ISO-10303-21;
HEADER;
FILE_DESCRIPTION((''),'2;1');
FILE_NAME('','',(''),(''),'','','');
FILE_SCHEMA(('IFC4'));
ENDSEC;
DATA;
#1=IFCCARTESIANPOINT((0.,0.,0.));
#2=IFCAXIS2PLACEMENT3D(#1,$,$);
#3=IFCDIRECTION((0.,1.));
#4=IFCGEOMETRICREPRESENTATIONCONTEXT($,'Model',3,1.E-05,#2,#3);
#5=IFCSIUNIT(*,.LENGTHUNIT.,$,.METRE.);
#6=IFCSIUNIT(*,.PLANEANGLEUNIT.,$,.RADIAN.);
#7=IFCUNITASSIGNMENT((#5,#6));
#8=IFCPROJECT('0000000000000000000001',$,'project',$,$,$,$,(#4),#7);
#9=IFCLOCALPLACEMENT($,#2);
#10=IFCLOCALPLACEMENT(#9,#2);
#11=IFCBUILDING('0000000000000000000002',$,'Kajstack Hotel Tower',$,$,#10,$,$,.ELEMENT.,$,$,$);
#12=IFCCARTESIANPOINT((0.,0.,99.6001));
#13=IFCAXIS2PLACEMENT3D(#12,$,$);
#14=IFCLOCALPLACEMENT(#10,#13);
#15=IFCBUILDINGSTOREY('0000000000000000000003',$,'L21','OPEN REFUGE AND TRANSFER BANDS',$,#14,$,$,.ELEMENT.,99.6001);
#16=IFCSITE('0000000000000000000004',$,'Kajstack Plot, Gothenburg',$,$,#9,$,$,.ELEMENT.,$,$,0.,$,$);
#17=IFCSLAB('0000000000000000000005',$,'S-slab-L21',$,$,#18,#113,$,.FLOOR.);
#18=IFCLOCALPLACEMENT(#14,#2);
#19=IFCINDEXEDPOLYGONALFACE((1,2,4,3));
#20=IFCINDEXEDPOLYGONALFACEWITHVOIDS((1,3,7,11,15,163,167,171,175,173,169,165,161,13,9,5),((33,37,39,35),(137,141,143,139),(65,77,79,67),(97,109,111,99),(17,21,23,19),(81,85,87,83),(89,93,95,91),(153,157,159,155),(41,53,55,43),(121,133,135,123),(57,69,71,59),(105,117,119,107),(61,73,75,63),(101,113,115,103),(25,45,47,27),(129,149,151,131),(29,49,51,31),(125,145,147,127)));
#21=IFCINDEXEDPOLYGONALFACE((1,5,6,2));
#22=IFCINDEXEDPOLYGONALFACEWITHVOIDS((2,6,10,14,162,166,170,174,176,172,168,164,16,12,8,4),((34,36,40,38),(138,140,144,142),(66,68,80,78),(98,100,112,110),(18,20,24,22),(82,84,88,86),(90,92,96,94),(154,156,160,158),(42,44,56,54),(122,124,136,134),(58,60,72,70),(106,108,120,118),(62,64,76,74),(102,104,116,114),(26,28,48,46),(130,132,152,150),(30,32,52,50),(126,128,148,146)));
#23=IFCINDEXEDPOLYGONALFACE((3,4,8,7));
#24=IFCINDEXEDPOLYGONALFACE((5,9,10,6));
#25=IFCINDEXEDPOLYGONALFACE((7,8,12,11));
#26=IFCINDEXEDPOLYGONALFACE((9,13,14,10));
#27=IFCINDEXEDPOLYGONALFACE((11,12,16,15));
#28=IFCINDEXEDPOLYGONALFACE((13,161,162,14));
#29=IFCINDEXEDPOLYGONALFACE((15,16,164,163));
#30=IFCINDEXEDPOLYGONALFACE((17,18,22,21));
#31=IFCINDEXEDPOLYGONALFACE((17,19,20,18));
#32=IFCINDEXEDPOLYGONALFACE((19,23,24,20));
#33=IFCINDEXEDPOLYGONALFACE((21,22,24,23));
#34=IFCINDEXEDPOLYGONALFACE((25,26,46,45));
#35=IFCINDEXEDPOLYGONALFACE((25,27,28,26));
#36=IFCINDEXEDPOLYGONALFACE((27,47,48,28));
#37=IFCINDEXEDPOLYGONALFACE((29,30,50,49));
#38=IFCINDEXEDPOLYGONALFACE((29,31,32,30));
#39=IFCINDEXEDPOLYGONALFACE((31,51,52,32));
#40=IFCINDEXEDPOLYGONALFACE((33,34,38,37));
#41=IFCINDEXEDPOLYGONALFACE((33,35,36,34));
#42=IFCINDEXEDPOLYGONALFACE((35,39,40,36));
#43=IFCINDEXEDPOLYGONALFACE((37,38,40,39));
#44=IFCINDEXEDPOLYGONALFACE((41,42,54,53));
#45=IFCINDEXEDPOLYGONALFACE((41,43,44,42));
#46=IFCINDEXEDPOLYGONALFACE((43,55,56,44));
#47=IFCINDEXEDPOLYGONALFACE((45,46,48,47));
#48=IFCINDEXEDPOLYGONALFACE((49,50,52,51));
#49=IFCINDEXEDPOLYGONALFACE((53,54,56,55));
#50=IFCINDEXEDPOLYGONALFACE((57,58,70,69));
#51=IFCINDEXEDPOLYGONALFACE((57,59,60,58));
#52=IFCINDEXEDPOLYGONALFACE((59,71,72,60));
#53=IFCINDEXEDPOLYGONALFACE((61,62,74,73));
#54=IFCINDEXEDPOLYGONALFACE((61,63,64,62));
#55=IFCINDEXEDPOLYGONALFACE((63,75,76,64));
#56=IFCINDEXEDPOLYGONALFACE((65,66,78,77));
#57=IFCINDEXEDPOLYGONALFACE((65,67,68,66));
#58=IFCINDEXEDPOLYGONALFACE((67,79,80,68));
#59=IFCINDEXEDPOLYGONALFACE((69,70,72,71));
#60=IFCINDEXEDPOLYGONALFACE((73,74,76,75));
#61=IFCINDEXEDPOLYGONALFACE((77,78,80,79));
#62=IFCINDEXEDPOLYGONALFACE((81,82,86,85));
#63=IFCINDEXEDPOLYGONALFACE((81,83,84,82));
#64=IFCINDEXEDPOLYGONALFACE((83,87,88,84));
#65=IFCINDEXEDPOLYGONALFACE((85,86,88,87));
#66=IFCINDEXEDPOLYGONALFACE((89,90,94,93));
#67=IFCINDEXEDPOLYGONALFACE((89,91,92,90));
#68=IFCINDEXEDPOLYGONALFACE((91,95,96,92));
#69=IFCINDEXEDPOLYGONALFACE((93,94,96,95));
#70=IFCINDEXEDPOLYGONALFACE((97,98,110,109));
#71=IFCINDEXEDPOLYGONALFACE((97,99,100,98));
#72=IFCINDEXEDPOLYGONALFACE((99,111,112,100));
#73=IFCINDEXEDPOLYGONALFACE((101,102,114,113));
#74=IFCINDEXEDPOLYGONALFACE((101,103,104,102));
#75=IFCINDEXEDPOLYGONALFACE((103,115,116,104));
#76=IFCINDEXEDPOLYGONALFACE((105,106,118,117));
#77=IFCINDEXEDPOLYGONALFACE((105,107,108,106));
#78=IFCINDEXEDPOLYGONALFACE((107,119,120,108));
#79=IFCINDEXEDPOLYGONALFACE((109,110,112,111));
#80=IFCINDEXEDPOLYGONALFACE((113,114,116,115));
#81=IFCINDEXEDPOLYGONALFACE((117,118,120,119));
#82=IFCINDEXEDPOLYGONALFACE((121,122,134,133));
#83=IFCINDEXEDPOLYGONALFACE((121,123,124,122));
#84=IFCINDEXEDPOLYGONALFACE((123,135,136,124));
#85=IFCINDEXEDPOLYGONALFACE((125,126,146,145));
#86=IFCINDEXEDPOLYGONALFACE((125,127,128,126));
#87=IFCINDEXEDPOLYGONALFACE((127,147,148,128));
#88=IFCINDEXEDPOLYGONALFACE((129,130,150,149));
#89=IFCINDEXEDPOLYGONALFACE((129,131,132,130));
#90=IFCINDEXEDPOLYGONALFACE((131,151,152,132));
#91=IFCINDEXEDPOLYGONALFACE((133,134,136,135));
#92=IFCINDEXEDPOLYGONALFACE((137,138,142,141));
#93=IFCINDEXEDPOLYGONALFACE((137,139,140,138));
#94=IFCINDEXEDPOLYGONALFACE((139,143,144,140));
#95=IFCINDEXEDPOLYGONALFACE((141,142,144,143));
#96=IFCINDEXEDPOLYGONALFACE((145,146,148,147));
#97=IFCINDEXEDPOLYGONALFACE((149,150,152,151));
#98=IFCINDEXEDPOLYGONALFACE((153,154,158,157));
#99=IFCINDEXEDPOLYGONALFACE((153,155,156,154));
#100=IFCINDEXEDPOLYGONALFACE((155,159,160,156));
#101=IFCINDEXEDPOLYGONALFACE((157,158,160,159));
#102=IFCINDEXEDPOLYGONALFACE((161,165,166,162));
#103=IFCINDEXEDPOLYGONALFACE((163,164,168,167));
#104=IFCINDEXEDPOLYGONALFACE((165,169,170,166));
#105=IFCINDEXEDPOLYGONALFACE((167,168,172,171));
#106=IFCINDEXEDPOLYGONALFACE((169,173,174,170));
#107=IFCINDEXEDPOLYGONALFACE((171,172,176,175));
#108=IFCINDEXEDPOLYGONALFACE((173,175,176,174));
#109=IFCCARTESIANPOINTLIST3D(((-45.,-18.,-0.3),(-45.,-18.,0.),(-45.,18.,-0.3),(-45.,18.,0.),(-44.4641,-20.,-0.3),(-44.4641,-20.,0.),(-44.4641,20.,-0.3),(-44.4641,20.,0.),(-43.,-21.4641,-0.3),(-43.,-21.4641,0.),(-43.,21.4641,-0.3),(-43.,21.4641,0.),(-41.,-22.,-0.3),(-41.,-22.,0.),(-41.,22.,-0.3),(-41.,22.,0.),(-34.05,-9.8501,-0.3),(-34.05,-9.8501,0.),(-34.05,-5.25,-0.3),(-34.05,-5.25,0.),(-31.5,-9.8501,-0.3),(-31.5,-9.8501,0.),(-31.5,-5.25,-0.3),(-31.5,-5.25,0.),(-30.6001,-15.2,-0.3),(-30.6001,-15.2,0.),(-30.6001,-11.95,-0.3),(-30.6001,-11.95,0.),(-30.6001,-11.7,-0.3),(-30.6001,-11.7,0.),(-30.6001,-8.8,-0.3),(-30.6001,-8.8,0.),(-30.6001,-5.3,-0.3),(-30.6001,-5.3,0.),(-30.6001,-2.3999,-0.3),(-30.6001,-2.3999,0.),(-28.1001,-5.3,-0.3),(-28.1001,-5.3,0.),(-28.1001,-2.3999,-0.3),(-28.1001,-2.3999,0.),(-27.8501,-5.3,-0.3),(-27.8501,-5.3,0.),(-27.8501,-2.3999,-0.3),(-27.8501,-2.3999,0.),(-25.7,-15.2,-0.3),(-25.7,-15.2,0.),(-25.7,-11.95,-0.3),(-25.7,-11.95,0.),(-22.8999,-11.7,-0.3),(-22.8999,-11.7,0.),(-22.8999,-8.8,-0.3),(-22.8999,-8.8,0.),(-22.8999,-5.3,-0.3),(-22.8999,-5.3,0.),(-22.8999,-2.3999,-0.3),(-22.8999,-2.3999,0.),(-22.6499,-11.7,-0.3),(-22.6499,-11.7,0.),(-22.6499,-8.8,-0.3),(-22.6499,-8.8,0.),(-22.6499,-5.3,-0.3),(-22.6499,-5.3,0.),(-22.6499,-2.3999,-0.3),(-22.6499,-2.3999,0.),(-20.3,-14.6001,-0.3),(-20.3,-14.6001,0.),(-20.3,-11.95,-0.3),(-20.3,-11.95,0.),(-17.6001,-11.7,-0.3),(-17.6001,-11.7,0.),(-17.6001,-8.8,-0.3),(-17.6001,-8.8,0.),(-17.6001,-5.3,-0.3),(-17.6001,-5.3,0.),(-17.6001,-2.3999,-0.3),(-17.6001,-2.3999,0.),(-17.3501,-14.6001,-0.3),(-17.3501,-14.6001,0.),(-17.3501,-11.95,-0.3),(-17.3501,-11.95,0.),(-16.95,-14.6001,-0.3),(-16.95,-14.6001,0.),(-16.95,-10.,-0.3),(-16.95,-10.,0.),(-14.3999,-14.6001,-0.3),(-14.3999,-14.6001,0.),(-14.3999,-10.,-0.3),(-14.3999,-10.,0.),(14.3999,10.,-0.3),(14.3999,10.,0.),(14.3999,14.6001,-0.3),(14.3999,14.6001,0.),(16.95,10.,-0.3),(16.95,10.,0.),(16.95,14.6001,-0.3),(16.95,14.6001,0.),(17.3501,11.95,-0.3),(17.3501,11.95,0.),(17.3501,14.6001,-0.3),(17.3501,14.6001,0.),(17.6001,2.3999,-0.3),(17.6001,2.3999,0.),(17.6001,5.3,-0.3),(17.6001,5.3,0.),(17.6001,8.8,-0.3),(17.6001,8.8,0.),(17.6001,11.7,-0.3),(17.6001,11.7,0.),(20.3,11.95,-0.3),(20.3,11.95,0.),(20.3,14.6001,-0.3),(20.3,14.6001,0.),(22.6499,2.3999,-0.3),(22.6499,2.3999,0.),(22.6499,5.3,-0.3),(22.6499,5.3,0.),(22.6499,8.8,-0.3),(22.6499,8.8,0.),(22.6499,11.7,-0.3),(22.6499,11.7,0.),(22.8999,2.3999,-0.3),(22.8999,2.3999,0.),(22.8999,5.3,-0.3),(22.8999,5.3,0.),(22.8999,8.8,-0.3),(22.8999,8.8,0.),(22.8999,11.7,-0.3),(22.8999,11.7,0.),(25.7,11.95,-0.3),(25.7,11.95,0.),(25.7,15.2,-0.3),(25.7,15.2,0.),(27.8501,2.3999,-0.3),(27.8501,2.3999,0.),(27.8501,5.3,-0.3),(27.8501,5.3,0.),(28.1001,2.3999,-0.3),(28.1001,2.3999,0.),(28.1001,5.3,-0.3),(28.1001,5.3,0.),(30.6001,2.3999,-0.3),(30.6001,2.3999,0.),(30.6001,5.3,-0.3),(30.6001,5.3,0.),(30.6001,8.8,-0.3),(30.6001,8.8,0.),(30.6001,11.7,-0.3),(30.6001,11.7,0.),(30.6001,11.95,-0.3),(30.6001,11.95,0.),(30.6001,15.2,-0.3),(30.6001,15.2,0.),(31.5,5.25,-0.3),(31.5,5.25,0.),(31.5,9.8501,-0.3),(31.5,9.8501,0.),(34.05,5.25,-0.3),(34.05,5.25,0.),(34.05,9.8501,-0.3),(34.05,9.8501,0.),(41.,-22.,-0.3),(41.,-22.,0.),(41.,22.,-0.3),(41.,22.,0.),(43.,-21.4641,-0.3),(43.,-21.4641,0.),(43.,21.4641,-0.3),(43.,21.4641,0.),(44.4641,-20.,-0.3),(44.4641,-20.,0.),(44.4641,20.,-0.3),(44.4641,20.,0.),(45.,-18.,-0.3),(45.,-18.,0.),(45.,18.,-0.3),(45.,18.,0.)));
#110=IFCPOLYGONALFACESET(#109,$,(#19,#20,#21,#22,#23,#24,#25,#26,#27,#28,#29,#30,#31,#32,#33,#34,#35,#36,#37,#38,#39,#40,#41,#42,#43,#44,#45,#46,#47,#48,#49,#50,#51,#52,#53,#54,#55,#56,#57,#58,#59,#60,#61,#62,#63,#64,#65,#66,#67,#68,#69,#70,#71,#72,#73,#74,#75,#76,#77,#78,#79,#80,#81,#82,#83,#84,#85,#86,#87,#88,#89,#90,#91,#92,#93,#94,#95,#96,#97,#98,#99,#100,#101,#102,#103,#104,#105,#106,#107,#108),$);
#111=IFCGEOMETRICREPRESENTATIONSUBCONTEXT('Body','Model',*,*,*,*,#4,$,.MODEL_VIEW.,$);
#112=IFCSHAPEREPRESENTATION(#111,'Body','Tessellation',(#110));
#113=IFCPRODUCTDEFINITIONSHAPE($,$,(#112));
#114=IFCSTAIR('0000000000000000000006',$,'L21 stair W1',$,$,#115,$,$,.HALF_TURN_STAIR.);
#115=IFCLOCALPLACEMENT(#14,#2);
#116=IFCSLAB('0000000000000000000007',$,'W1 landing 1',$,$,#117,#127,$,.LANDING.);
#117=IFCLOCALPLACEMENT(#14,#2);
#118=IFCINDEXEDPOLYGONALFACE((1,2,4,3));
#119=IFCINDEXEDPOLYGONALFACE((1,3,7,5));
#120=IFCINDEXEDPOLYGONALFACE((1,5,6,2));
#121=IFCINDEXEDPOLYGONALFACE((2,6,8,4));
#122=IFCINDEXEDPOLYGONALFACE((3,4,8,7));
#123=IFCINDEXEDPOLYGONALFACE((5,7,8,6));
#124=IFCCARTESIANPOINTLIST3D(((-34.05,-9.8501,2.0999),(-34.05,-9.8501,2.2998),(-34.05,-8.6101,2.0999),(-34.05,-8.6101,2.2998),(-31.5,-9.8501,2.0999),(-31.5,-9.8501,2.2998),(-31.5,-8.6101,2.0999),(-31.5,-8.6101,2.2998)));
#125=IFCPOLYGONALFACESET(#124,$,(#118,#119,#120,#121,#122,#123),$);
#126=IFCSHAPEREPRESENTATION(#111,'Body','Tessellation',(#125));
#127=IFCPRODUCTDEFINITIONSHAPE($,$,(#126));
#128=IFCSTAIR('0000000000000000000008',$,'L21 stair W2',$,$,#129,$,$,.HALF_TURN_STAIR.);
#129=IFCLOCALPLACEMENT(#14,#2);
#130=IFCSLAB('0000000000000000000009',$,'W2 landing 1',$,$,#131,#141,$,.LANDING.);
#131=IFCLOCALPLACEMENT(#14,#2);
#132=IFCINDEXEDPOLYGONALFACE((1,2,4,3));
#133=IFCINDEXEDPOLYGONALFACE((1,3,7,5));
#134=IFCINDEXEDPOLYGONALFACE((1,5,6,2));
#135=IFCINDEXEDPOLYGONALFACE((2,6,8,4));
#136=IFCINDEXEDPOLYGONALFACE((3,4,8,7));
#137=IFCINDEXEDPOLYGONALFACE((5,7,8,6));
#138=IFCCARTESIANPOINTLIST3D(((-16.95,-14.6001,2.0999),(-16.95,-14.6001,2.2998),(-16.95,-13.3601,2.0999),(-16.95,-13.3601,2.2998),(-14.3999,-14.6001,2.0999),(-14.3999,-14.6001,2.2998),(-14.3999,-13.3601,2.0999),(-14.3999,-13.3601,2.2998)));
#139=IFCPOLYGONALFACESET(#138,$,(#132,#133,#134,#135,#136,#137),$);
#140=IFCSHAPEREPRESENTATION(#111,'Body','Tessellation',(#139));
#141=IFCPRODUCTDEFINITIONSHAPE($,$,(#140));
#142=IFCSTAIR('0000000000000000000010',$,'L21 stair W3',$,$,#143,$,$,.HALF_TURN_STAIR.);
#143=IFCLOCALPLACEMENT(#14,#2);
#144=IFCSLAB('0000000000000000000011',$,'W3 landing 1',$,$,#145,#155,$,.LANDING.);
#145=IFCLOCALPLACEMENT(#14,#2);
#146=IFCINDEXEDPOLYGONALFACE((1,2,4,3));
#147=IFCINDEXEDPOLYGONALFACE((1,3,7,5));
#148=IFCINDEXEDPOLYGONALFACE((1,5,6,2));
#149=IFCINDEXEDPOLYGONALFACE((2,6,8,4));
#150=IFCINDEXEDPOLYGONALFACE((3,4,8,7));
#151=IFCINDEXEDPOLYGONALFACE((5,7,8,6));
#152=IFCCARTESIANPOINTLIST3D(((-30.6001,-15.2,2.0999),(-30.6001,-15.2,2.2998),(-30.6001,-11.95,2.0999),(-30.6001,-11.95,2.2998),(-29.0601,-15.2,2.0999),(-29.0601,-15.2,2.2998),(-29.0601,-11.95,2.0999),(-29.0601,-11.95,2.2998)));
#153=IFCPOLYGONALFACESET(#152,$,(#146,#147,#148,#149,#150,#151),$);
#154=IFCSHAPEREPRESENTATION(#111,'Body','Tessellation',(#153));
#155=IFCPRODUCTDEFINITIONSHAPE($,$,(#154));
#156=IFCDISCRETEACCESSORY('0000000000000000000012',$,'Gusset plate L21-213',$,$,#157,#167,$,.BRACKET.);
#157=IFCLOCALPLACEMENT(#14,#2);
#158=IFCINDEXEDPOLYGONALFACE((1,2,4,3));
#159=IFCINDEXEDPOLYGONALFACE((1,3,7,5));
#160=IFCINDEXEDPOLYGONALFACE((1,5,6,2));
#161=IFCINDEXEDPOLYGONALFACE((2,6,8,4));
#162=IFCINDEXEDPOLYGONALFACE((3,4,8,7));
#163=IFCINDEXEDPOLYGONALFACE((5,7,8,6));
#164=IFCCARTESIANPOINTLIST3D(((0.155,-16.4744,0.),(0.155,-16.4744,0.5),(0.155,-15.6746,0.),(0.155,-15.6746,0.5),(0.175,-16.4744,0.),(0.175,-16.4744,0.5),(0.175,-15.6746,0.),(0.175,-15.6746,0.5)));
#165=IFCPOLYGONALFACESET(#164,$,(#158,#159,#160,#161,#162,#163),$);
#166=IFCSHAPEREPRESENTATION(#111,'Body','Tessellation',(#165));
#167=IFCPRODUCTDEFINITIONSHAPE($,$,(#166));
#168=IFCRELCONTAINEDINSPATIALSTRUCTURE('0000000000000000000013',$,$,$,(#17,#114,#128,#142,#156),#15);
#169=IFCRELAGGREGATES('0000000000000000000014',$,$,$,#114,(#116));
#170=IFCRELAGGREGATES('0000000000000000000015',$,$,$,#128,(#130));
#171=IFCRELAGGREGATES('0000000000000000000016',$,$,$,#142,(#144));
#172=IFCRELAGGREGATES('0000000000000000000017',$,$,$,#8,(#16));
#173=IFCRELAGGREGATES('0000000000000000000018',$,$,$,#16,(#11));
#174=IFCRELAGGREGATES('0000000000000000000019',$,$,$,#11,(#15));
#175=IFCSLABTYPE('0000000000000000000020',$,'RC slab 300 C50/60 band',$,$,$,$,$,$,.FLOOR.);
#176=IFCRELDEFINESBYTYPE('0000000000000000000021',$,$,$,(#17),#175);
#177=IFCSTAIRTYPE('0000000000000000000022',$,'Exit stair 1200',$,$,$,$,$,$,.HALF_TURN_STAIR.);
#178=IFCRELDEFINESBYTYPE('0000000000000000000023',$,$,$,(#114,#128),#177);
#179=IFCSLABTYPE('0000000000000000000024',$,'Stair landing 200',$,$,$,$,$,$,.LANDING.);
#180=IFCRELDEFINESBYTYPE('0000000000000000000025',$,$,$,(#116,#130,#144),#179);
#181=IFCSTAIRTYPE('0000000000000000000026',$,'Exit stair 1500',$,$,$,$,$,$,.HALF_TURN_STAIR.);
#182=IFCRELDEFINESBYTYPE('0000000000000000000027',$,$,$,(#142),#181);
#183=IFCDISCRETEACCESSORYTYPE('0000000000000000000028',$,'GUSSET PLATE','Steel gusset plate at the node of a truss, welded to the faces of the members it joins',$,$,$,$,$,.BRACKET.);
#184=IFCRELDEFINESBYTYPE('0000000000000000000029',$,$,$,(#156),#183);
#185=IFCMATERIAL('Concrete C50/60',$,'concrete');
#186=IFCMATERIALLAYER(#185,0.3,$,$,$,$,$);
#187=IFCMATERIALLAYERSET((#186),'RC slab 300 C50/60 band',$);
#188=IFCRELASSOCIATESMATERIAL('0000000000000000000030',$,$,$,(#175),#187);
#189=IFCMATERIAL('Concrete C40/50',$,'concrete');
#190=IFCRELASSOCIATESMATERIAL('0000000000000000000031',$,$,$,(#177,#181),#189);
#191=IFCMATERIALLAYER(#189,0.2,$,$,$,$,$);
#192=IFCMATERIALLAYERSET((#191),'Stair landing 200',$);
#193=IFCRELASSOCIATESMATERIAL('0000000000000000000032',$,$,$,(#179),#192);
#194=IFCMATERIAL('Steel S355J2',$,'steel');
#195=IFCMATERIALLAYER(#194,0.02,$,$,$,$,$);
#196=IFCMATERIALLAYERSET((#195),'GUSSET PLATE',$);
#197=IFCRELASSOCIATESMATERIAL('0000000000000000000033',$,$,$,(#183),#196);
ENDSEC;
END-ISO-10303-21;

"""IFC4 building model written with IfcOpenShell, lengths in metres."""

from ifc_helpers import new_model, si_unit, direction, frame, origin, place, context, subcontext, project, spatial, polyline, outline, extrude, material, layer, layer_set, type_object, element, aggregate, save


model = new_model("IFC4")

# Units and contexts
model_context = context("Model", 3, precision=1e-05, world=origin(), true_north=direction((0.0, 1.0)))
body_context = subcontext(model_context, "Body", "Model", "MODEL_VIEW")
ifc_project = project(units=[si_unit("LENGTHUNIT", "METRE"), si_unit("PLANEANGLEUNIT", "RADIAN")], contexts=[model_context])

# Site, building, storey
site_placement = place(None, origin())
site = spatial("IfcSite", under=ifc_project, at=site_placement, Name="Kajstack Plot, Gothenburg", CompositionType="ELEMENT", RefElevation=0.0)
building_placement = place(site_placement, origin())
building = spatial("IfcBuilding", under=site, at=building_placement, Name="Kajstack Hotel Tower", CompositionType="ELEMENT")
storey_placement = place(building_placement, frame((0.0, 0.0, 99.6001)))
storey = spatial("IfcBuildingStorey", under=building, at=storey_placement, Name="L21", Description="OPEN REFUGE AND TRANSFER BANDS", CompositionType="ELEMENT", Elevation=99.6001)

# Shared definitions
ifc_material_1 = material(Name="Steel S355J2", Category="steel")

# Slab
ifc_material_2 = material(Name="Concrete C50/60", Category="concrete")
ifc_layer_1 = layer(ifc_material_2, 0.3)
ifc_layer_set_1 = layer_set([ifc_layer_1], Name="RC slab 300 C50/60 band")
slab_type_1 = type_object("IfcSlabType", Name="RC slab 300 C50/60 band", PredefinedType="FLOOR", material=ifc_layer_set_1)
slab_1_placement = place(storey_placement, frame((0.0, 0.0, -0.3)))
element("IfcSlab", 1, at=slab_1_placement, inside=storey, type_object=slab_type_1, Name="S-slab-L21", PredefinedType="FLOOR", context=body_context, shape_type="SweptSolid", body=[
    extrude(outline(polyline([(-45.0, -18.0), (-44.4641, -20.0), (-43.0, -21.4641), (-41.0, -22.0), (41.0, -22.0), (43.0, -21.4641), (44.4641, -20.0), (45.0, -18.0), (45.0, 18.0), (44.4641, 20.0), (43.0, 21.4641), (41.0, 22.0), (-41.0, 22.0), (-43.0, 21.4641), (-44.4641, 20.0), (-45.0, 18.0), (-45.0, -18.0)]), holes=[polyline([(-30.6001, -11.7), (-30.6001, -8.8), (-22.8999, -8.8), (-22.8999, -11.7), (-30.6001, -11.7)]), polyline([(-22.6499, -11.7), (-22.6499, -8.8), (-17.6001, -8.8), (-17.6001, -11.7), (-22.6499, -11.7)]), polyline([(-27.8501, -5.3), (-27.8501, -2.3999), (-22.8999, -2.3999), (-22.8999, -5.3), (-27.8501, -5.3)]), polyline([(-22.6499, -5.3), (-22.6499, -2.3999), (-17.6001, -2.3999), (-17.6001, -5.3), (-22.6499, -5.3)]), polyline([(-20.3, -14.6001), (-17.3501, -14.6001), (-17.3501, -11.95), (-20.3, -11.95), (-20.3, -14.6001)]), polyline([(-30.6001, -5.3), (-28.1001, -5.3), (-28.1001, -2.3999), (-30.6001, -2.3999), (-30.6001, -5.3)]), polyline([(22.8999, 8.8), (22.8999, 11.7), (30.6001, 11.7), (30.6001, 8.8), (22.8999, 8.8)]), polyline([(17.6001, 8.8), (17.6001, 11.7), (22.6499, 11.7), (22.6499, 8.8), (17.6001, 8.8)]), polyline([(22.8999, 2.3999), (22.8999, 5.3), (27.8501, 5.3), (27.8501, 2.3999), (22.8999, 2.3999)]), polyline([(17.6001, 2.3999), (17.6001, 5.3), (22.6499, 5.3), (22.6499, 2.3999), (17.6001, 2.3999)]), polyline([(20.3, 14.6001), (17.3501, 14.6001), (17.3501, 11.95), (20.3, 11.95), (20.3, 14.6001)]), polyline([(30.6001, 5.3), (28.1001, 5.3), (28.1001, 2.3999), (30.6001, 2.3999), (30.6001, 5.3)]), polyline([(-34.05, -9.8501), (-31.5, -9.8501), (-31.5, -5.25), (-34.05, -5.25), (-34.05, -9.8501)]), polyline([(-16.95, -14.6001), (-14.3999, -14.6001), (-14.3999, -10.0), (-16.95, -10.0), (-16.95, -14.6001)]), polyline([(-30.6001, -15.2), (-25.7, -15.2), (-25.7, -11.95), (-30.6001, -11.95), (-30.6001, -15.2)]), polyline([(34.05, 9.8501), (31.5, 9.8501), (31.5, 5.25), (34.05, 5.25), (34.05, 9.8501)]), polyline([(16.95, 14.6001), (14.3999, 14.6001), (14.3999, 10.0), (16.95, 10.0), (16.95, 14.6001)]), polyline([(30.6001, 15.2), (25.7, 15.2), (25.7, 11.95), (30.6001, 11.95), (30.6001, 15.2)])]), origin(), (0.0, 0.0, 1.0), 0.3),
])

# Stairs, slabs
ifc_material_3 = material(Name="Concrete C40/50", Category="concrete")
stair_type_1 = type_object("IfcStairType", Name="Exit stair 1200", PredefinedType="HALF_TURN_STAIR", material=ifc_material_3)
stair_1_placement = place(storey_placement, origin())
stair_1 = element("IfcStair", 2, at=stair_1_placement, inside=storey, type_object=stair_type_1, Name="L21 stair W1", PredefinedType="HALF_TURN_STAIR")
ifc_layer_2 = layer(ifc_material_3, 0.2)
ifc_layer_set_2 = layer_set([ifc_layer_2], Name="Stair landing 200")
slab_type_2 = type_object("IfcSlabType", Name="Stair landing 200", PredefinedType="LANDING", material=ifc_layer_set_2)
slab_2_placement = place(storey_placement, frame((0.0, 0.0, 2.0999)))
slab_2 = element("IfcSlab", 3, at=slab_2_placement, type_object=slab_type_2, Name="W1 landing 1", PredefinedType="LANDING", context=body_context, shape_type="SweptSolid", body=[
    extrude(outline(polyline([(-34.05, -8.6101), (-34.05, -9.8501), (-31.5, -9.8501), (-31.5, -8.6101), (-34.05, -8.6101)])), origin(), (0.0, 0.0, 1.0), 0.2),
])
aggregate(stair_1, [slab_2])
stair_2_placement = place(storey_placement, origin())
stair_2 = element("IfcStair", 4, at=stair_2_placement, inside=storey, type_object=stair_type_1, Name="L21 stair W2", PredefinedType="HALF_TURN_STAIR")
slab_3_placement = place(storey_placement, frame((0.0, 0.0, 2.0999)))
slab_3 = element("IfcSlab", 5, at=slab_3_placement, type_object=slab_type_2, Name="W2 landing 1", PredefinedType="LANDING", context=body_context, shape_type="SweptSolid", body=[
    extrude(outline(polyline([(-16.95, -13.3601), (-16.95, -14.6001), (-14.3999, -14.6001), (-14.3999, -13.3601), (-16.95, -13.3601)])), origin(), (0.0, 0.0, 1.0), 0.2),
])
aggregate(stair_2, [slab_3])
stair_type_2 = type_object("IfcStairType", Name="Exit stair 1500", PredefinedType="HALF_TURN_STAIR", material=ifc_material_3)
stair_3_placement = place(storey_placement, origin())
stair_3 = element("IfcStair", 6, at=stair_3_placement, inside=storey, type_object=stair_type_2, Name="L21 stair W3", PredefinedType="HALF_TURN_STAIR")
slab_4_placement = place(storey_placement, frame((0.0, 0.0, 2.0999)))
slab_4 = element("IfcSlab", 7, at=slab_4_placement, type_object=slab_type_2, Name="W3 landing 1", PredefinedType="LANDING", context=body_context, shape_type="SweptSolid", body=[
    extrude(outline(polyline([(-29.0601, -11.95), (-30.6001, -11.95), (-30.6001, -15.2), (-29.0601, -15.2), (-29.0601, -11.95)])), origin(), (0.0, 0.0, 1.0), 0.2),
])
aggregate(stair_3, [slab_4])

# Discrete accessory
ifc_layer_3 = layer(ifc_material_1, 0.02)
ifc_layer_set_3 = layer_set([ifc_layer_3], Name="GUSSET PLATE")
discrete_accessory_type = type_object("IfcDiscreteAccessoryType", Name="GUSSET PLATE", Description="Steel gusset plate at the node of a truss, welded to the faces of the members it joins", PredefinedType="BRACKET", material=ifc_layer_set_3)
discrete_accessory_placement = place(storey_placement, frame((0.155, -16.0745, 0.0), z_axis=(1.0, 0.0, 0.0), x_axis=(0.0, 1.0, 0.0)))
element("IfcDiscreteAccessory", 8, at=discrete_accessory_placement, inside=storey, type_object=discrete_accessory_type, Name="Gusset plate L21-213", PredefinedType="BRACKET", context=body_context, shape_type="SweptSolid", body=[
    extrude(outline(polyline([(-0.3999, 0.0), (0.3999, 0.0), (0.3999, 0.5), (-0.3999, 0.5), (-0.3999, 0.0)])), origin(), (0.0, 0.0, 1.0), 0.02),
])

save(model, "model.ifc")
